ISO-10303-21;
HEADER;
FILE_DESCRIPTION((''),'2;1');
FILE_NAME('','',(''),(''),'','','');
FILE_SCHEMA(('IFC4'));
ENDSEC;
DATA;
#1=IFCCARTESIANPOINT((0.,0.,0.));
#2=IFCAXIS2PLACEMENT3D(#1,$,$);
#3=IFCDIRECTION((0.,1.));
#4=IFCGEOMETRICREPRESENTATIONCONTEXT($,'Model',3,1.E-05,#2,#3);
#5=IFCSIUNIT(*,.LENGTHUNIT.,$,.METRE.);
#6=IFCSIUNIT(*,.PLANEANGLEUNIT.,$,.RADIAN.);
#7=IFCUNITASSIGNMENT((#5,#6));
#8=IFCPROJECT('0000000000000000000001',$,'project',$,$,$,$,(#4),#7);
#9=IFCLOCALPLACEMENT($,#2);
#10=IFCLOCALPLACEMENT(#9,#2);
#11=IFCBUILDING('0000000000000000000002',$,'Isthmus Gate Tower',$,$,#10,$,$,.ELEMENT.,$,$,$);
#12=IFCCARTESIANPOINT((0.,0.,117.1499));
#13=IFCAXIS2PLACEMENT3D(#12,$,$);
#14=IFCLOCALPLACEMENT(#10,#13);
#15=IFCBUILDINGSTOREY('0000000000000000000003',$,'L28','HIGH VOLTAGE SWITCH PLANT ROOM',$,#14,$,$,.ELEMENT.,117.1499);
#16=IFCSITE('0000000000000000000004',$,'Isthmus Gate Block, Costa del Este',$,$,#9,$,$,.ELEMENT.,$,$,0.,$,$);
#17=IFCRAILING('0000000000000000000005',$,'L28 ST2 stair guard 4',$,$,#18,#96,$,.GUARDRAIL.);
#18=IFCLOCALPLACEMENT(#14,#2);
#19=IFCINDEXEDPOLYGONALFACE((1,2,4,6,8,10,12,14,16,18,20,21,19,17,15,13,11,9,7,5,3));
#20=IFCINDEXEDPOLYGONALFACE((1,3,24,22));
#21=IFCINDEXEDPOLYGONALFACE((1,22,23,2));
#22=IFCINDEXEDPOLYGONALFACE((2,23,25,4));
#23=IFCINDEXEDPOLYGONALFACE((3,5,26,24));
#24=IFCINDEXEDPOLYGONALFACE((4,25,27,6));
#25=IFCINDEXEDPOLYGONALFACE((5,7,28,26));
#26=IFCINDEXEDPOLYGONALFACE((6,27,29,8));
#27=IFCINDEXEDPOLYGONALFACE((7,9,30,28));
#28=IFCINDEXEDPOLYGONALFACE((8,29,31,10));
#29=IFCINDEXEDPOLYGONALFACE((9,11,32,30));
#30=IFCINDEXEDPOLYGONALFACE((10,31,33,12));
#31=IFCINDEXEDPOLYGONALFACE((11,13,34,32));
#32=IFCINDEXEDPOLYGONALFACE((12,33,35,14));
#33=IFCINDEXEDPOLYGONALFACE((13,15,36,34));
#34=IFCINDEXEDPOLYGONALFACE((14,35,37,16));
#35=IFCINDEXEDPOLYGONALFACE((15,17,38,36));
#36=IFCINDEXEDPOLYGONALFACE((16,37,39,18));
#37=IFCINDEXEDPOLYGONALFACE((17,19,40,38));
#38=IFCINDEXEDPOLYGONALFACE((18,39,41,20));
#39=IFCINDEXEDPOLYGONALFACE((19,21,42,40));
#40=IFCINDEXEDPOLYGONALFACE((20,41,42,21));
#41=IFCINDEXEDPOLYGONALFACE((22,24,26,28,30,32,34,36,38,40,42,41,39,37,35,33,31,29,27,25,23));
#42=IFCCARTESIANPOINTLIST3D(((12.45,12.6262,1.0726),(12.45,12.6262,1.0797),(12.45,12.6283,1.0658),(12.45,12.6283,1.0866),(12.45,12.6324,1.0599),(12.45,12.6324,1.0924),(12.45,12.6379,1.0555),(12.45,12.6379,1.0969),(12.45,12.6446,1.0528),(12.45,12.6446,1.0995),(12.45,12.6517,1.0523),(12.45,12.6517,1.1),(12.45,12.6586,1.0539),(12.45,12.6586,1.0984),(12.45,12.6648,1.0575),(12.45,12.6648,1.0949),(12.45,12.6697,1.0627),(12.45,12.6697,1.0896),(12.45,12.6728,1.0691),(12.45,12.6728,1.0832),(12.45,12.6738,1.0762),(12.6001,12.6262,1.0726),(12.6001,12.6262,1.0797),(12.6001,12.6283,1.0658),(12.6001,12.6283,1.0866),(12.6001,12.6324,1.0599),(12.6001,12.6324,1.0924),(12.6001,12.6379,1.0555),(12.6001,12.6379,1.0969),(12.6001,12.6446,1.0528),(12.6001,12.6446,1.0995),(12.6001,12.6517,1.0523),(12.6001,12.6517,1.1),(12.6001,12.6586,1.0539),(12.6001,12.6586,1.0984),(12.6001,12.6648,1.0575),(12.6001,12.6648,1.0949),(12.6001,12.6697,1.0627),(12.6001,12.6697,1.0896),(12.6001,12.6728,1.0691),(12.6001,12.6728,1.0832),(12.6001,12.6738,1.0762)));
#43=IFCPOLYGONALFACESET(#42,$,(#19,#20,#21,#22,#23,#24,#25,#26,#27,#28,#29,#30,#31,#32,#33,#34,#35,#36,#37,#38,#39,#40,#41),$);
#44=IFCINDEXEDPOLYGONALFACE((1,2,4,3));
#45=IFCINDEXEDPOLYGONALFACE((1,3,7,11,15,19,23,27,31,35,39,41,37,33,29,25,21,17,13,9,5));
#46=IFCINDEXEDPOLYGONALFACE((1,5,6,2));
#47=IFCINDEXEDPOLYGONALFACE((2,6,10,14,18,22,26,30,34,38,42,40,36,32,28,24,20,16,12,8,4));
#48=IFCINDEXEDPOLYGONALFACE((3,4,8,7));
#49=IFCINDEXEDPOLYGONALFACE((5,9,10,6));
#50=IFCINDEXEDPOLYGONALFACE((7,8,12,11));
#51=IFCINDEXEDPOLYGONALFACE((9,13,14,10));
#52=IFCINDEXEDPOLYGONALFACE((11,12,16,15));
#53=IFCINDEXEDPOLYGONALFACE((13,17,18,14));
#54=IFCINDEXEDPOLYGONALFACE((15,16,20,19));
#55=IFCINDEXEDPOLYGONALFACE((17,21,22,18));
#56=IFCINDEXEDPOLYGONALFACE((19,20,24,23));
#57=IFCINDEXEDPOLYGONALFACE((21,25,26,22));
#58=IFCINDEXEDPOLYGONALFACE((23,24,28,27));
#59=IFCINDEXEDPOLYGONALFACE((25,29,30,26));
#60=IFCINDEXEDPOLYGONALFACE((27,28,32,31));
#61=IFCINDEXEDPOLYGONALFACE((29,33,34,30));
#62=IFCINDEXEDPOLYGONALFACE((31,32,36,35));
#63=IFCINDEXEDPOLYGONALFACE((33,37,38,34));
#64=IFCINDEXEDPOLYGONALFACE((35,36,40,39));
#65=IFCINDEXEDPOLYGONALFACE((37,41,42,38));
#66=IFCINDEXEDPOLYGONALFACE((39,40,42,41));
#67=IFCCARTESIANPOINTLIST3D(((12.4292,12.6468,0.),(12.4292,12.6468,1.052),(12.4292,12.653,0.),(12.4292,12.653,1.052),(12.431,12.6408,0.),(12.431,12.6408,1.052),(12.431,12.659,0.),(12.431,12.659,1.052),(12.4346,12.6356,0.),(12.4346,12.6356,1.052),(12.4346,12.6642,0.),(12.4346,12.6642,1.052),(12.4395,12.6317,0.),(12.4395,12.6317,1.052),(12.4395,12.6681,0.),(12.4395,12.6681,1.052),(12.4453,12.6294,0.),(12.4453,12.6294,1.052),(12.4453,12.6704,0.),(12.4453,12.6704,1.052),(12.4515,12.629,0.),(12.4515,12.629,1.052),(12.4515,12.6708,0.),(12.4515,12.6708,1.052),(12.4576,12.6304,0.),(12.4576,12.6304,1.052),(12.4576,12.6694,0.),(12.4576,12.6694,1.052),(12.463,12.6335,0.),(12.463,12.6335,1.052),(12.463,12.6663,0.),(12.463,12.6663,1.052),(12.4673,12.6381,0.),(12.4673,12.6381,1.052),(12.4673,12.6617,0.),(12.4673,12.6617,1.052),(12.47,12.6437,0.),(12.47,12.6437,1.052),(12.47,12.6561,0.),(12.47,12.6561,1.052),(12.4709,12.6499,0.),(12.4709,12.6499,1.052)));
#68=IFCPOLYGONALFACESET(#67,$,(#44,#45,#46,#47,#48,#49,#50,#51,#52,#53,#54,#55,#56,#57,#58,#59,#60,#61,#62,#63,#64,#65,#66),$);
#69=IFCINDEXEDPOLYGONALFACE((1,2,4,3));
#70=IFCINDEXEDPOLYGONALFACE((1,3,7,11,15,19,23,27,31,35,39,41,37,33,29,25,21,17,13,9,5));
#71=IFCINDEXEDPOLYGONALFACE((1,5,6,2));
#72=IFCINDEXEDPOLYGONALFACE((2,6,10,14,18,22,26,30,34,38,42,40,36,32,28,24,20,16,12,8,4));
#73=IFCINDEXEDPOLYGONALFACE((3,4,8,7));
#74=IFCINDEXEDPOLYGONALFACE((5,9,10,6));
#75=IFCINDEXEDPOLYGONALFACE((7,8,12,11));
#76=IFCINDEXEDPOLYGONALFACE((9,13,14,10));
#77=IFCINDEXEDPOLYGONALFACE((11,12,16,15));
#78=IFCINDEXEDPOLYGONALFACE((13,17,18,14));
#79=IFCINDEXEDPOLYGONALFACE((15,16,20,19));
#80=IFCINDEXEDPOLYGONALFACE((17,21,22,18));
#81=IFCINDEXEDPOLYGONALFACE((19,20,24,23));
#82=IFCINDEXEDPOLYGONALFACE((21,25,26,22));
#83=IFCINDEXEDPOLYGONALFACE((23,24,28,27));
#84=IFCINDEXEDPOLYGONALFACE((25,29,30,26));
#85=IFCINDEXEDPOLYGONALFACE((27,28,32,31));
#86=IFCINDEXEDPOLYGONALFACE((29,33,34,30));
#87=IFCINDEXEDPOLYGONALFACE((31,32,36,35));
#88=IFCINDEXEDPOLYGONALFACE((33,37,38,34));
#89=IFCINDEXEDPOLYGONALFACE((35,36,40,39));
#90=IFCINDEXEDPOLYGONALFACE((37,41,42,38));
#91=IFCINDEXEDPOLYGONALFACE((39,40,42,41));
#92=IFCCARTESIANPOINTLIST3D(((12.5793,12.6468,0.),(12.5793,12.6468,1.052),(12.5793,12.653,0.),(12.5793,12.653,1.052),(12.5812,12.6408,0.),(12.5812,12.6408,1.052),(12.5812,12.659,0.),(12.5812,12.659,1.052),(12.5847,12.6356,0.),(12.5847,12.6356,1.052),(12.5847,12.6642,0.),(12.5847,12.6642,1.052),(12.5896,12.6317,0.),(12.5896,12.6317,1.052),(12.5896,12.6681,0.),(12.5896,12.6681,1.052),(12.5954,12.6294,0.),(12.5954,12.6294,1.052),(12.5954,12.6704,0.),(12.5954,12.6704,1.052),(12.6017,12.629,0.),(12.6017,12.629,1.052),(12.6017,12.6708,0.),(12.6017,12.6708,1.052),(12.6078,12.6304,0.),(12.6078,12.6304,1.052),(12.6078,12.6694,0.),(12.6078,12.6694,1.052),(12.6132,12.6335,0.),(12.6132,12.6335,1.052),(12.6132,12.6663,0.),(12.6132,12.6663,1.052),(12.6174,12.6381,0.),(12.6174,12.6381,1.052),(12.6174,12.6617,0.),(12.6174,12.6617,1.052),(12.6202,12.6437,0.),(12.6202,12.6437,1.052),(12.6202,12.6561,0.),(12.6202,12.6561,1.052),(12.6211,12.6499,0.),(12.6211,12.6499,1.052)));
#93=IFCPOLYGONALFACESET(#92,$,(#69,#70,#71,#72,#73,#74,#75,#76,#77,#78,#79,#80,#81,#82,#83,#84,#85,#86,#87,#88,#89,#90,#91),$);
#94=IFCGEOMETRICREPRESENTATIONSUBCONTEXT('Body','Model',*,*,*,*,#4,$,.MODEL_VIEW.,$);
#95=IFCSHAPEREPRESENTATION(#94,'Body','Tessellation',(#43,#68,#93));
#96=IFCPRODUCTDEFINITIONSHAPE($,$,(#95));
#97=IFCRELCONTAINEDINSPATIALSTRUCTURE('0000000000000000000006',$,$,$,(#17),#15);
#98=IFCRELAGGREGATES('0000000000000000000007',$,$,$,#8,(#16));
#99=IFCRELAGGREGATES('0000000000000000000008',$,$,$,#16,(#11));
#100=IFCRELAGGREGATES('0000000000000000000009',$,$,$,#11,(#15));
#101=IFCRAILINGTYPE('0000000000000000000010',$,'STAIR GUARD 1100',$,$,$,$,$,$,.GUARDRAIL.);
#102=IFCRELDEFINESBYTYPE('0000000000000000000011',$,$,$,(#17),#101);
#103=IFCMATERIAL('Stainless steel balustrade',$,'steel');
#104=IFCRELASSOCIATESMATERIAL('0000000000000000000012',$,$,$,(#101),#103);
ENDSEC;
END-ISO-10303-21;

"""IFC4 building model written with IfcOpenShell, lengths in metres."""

from ifc_helpers import new_model, si_unit, direction, frame, origin, origin_2d, place, context, subcontext, project, spatial, circle, extrude, material, type_object, element, save


model = new_model("IFC4")

# Units and contexts
model_context = context("Model", 3, precision=1e-05, world=origin(), true_north=direction((0.0, 1.0)))
body_context = subcontext(model_context, "Body", "Model", "MODEL_VIEW")
ifc_project = project(units=[si_unit("LENGTHUNIT", "METRE"), si_unit("PLANEANGLEUNIT", "RADIAN")], contexts=[model_context])

# Site, building, storey
site_placement = place(None, origin())
site = spatial("IfcSite", under=ifc_project, at=site_placement, Name="Isthmus Gate Block, Costa del Este", CompositionType="ELEMENT", RefElevation=0.0)
building_placement = place(site_placement, origin())
building = spatial("IfcBuilding", under=site, at=building_placement, Name="Isthmus Gate Tower", CompositionType="ELEMENT")
storey_placement = place(building_placement, frame((0.0, 0.0, 117.1499)))
storey = spatial("IfcBuildingStorey", under=building, at=storey_placement, Name="L28", Description="HIGH VOLTAGE SWITCH PLANT ROOM", CompositionType="ELEMENT", Elevation=117.1499)

# Railing
ifc_material_1 = material(Name="Stainless steel balustrade", Category="steel")
railing_type_1 = type_object("IfcRailingType", Name="STAIR GUARD 1100", PredefinedType="GUARDRAIL", material=ifc_material_1)
railing_1_placement = place(storey_placement, frame((12.45, 12.6499, 0.0)))
element("IfcRailing", 1, at=railing_1_placement, inside=storey, type_object=railing_type_1, Name="L28 ST2 stair guard 4", PredefinedType="GUARDRAIL", context=body_context, shape_type="SweptSolid", body=[
    extrude(circle(Radius=0.0239, at=origin_2d()), frame((0.0, 0.0, 1.0762), z_axis=(1.0, 0.0, 0.0), x_axis=(0.0, 1.0, 0.0)), (0.0, 0.0, 1.0), 0.1501),
    extrude(circle(Radius=0.021, at=origin_2d()), origin(), (0.0, 0.0, 1.0), 1.052),
    extrude(circle(Radius=0.021, at=origin_2d()), frame((0.1501, 0.0, 0.0)), (0.0, 0.0, 1.0), 1.052),
])

save(model, "model.ifc")
